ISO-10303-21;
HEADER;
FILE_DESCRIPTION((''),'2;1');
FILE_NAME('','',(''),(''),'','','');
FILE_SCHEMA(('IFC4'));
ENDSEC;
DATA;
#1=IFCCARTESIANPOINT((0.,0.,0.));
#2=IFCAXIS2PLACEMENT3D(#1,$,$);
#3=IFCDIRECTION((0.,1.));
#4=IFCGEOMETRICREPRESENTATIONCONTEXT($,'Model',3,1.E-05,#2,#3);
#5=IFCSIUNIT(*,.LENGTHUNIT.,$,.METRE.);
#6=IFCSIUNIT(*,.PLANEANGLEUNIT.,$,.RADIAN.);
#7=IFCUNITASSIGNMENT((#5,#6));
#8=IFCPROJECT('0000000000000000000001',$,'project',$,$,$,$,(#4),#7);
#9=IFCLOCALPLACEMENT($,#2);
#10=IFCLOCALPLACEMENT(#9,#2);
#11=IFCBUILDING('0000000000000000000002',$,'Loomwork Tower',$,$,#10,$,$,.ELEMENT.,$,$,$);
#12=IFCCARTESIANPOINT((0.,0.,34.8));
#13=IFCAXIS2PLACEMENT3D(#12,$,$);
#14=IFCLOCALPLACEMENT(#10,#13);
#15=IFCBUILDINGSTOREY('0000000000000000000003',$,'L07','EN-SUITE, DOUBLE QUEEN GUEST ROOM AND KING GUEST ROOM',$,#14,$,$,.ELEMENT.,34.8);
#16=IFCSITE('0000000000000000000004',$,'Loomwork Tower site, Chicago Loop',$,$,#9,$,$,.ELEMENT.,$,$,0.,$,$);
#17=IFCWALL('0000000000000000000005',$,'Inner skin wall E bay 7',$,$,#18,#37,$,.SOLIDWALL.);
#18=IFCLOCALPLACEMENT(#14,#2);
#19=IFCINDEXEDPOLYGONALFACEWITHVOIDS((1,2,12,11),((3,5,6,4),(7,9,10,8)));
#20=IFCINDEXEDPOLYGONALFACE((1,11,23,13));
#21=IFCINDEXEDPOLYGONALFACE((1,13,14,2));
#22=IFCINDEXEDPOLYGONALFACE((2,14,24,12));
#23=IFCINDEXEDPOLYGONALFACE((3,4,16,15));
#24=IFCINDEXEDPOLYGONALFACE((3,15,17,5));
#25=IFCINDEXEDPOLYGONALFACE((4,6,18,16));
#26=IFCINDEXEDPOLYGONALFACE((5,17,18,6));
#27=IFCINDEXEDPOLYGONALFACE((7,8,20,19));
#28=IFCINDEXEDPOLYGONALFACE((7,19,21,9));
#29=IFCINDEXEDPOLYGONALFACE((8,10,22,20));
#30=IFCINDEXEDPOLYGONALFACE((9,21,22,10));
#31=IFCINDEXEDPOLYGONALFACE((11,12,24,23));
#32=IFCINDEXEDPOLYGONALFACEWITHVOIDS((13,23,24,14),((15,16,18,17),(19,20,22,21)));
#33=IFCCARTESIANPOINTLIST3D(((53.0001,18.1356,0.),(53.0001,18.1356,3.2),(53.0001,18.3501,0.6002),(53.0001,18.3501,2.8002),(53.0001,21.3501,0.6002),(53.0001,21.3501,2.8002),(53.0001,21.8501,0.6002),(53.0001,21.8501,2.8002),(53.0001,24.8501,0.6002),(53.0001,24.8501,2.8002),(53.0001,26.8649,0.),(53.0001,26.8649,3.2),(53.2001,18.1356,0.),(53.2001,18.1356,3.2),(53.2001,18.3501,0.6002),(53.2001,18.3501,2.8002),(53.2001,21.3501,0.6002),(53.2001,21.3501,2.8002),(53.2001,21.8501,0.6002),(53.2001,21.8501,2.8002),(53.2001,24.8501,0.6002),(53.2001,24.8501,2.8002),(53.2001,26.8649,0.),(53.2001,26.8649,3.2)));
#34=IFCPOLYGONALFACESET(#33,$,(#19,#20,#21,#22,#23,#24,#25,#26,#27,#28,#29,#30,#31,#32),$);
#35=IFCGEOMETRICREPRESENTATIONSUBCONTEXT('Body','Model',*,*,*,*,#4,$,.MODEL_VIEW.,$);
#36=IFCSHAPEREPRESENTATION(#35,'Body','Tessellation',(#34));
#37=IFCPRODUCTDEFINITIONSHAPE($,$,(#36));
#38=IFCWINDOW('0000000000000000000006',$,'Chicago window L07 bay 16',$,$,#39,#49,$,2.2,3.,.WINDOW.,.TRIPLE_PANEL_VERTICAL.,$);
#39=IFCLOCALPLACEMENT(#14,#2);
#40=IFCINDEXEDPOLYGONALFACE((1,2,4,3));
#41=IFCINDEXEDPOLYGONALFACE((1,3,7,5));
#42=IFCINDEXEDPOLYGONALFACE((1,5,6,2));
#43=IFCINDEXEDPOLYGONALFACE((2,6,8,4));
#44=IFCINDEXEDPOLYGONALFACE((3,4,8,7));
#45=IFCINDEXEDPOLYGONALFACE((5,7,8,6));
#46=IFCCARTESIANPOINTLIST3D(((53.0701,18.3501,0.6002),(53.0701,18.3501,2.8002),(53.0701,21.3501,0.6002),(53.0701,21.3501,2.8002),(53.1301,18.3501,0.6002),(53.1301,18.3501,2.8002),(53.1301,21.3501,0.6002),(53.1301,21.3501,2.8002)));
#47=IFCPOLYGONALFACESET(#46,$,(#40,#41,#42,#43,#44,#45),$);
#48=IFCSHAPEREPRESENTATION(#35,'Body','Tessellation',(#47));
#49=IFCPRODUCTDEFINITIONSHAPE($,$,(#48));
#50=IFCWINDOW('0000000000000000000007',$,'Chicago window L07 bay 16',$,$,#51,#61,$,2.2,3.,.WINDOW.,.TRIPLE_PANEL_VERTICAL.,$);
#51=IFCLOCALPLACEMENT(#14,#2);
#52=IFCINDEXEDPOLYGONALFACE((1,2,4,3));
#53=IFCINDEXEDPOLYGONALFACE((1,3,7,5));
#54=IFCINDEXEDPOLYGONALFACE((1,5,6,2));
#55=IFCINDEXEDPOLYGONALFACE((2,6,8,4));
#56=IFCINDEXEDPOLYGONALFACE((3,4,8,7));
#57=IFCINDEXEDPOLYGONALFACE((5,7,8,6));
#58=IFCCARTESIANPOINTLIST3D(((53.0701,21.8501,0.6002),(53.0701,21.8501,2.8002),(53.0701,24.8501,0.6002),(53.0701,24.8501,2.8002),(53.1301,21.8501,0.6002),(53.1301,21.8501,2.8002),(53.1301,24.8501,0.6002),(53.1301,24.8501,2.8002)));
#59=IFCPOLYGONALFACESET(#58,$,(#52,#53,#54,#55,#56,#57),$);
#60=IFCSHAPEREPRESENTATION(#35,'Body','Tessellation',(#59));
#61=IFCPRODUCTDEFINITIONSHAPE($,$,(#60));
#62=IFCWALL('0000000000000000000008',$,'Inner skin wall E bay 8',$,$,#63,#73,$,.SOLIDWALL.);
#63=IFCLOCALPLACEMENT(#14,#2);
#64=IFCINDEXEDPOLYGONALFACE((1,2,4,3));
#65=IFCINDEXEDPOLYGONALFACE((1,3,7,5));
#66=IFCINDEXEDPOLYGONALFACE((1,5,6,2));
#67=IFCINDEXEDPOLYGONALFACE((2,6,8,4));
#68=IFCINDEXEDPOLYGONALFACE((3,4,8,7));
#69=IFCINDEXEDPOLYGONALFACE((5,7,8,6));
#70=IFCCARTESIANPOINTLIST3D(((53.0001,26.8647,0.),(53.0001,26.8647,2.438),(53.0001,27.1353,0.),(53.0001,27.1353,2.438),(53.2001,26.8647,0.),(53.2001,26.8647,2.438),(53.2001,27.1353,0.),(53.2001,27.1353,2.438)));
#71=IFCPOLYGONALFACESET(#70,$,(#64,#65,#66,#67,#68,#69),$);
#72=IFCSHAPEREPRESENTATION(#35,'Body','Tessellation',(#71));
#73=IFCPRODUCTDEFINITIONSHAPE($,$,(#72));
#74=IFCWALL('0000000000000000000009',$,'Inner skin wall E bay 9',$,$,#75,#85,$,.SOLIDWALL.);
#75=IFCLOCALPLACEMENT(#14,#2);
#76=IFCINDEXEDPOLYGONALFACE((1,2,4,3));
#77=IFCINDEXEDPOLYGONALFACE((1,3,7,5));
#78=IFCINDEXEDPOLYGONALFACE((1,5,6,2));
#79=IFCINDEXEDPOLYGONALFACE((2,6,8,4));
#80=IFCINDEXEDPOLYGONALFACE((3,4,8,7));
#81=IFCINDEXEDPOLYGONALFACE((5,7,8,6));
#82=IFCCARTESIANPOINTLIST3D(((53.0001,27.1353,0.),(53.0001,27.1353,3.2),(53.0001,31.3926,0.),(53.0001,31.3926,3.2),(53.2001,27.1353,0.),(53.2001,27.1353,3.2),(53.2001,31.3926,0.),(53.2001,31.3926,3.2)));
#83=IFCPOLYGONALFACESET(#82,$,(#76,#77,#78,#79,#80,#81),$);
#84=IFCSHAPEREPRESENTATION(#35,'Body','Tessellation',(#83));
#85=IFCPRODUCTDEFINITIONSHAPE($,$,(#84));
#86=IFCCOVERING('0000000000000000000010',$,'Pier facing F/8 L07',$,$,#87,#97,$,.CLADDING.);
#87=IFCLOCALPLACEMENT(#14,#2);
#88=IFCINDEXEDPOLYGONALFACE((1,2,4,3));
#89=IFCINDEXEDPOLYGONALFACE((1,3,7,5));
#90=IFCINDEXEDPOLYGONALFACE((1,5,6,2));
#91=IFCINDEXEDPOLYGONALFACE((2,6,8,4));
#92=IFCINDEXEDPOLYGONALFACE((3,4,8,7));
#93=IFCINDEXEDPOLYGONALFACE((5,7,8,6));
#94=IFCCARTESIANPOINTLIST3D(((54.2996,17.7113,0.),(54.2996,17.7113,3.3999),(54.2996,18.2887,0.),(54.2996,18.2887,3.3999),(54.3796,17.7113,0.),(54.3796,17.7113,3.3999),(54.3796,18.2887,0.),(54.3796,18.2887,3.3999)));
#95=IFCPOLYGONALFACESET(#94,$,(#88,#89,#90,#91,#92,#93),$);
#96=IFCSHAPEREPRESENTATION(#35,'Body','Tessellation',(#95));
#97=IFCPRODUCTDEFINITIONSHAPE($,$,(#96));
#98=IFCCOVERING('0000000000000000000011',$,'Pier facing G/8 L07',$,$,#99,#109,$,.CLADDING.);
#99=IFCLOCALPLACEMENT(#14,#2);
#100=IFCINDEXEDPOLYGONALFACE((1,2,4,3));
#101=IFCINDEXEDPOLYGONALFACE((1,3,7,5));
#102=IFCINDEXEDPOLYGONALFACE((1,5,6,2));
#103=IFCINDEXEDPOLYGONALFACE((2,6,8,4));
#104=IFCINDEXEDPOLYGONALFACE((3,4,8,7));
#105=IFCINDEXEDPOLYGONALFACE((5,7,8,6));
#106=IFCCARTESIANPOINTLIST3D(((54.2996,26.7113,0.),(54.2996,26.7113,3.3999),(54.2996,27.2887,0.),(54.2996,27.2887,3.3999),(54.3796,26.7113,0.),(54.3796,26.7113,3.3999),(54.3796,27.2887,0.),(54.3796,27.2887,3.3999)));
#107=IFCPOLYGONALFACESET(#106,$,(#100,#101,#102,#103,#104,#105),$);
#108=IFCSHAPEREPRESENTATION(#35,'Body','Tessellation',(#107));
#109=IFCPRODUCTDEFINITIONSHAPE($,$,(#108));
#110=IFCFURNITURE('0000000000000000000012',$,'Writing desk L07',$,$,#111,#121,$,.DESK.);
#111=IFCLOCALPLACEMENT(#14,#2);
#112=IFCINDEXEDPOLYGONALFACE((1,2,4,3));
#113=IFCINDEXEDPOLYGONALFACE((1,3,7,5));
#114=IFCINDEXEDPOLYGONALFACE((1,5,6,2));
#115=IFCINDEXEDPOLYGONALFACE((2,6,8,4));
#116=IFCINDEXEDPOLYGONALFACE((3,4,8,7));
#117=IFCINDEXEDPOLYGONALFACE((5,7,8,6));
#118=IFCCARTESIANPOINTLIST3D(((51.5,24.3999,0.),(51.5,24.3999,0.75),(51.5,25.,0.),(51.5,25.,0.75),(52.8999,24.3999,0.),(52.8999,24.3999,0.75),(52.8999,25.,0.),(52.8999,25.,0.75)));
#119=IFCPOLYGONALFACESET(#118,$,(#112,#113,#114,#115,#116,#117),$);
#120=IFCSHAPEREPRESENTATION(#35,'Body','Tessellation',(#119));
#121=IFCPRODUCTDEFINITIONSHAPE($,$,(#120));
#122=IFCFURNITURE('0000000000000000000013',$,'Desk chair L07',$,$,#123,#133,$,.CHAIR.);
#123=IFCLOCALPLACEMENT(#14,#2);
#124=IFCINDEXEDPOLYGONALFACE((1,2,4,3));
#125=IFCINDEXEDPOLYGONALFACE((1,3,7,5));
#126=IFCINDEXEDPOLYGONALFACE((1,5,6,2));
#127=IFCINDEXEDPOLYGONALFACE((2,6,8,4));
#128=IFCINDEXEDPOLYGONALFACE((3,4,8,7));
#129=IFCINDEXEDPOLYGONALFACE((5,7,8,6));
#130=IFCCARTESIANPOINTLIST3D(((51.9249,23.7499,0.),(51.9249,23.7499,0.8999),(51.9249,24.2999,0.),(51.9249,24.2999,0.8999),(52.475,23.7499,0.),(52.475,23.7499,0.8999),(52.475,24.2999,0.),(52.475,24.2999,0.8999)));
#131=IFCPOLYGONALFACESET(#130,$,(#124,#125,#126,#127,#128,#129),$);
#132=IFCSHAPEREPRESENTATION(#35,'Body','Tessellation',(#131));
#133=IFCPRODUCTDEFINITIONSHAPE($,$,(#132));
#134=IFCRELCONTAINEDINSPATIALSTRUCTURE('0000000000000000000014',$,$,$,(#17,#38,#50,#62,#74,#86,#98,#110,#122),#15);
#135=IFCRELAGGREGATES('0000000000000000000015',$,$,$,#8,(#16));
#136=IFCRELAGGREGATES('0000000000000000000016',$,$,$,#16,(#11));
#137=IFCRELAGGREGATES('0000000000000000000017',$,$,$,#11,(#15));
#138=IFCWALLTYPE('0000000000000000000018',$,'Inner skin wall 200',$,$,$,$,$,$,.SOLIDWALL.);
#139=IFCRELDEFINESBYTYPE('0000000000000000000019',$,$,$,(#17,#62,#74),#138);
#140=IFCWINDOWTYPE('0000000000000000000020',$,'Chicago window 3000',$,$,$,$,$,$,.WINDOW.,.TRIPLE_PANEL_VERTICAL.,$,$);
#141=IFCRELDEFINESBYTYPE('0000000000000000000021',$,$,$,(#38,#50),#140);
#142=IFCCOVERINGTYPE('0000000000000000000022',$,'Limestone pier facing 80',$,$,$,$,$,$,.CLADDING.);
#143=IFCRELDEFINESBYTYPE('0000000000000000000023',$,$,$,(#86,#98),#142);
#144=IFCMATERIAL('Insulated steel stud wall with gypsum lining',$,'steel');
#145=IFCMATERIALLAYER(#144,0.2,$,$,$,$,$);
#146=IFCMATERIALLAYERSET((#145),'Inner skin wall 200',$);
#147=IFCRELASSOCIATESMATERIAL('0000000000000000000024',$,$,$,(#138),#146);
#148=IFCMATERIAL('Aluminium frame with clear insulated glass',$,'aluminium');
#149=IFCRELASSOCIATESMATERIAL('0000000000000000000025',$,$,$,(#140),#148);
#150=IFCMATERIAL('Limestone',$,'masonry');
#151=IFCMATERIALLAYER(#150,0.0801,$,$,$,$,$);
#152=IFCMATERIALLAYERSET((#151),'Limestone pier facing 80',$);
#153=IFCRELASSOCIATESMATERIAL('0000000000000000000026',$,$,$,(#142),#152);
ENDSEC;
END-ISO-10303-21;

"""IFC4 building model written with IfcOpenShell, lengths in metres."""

from ifc_helpers import new_model, si_unit, direction, frame, frame_2d, origin, origin_2d, place, context, subcontext, project, spatial, rectangle, extrude, material, layer, layer_set, type_object, element, fill, save


model = new_model("IFC4")

# Units and contexts
model_context = context("Model", 3, precision=1e-05, world=origin(), true_north=direction((0.0, 1.0)))
body_context = subcontext(model_context, "Body", "Model", "MODEL_VIEW")
ifc_project = project(units=[si_unit("LENGTHUNIT", "METRE"), si_unit("PLANEANGLEUNIT", "RADIAN")], contexts=[model_context])

# Site, building, storey
site_placement = place(None, origin())
site = spatial("IfcSite", under=ifc_project, at=site_placement, Name="Loomwork Tower site, Chicago Loop", CompositionType="ELEMENT", RefElevation=0.0)
building_placement = place(site_placement, origin())
building = spatial("IfcBuilding", under=site, at=building_placement, Name="Loomwork Tower", CompositionType="ELEMENT")
storey_placement = place(building_placement, frame((0.0, 0.0, 34.8)))
storey = spatial("IfcBuildingStorey", under=building, at=storey_placement, Name="L07", Description="EN-SUITE, DOUBLE QUEEN GUEST ROOM AND KING GUEST ROOM", CompositionType="ELEMENT", Elevation=34.8)

# Wall, openings, windows
ifc_material_1 = material(Name="Insulated steel stud wall with gypsum lining", Category="steel")
ifc_layer_1 = layer(ifc_material_1, 0.2)
ifc_layer_set_1 = layer_set([ifc_layer_1], Name="Inner skin wall 200")
wall_type = type_object("IfcWallType", Name="Inner skin wall 200", PredefinedType="SOLIDWALL", material=ifc_layer_set_1)
wall_1_placement = place(storey_placement, frame((53.1001, 18.1355, 0.0), z_axis=(0.0, 0.0, 1.0), x_axis=(0.0, 1.0, 0.0)))
wall_1 = element("IfcWall", 1, at=wall_1_placement, inside=storey, type_object=wall_type, Name="Inner skin wall E bay 7", PredefinedType="SOLIDWALL", context=body_context, shape_type="SweptSolid", body=[
    extrude(rectangle(XDim=8.7292, YDim=0.2, at=frame_2d((4.3647, 0.0))), origin(), (0.0, 0.0, 1.0), 3.2),
])
opening_1_placement = place(wall_1_placement, frame((0.2146, 0.0, 0.6001)))
opening_1 = element("IfcOpeningElement", 2, at=opening_1_placement, cuts=wall_1, PredefinedType="OPENING", context=body_context, shape_type="SweptSolid", body=[
    extrude(rectangle(XDim=3.0, YDim=2.2, at=frame_2d((1.5, 1.1001))), frame((0.0, 0.1099, 0.0), z_axis=(0.0, -1.0, 0.0), x_axis=(1.0, 0.0, 0.0)), (0.0, 0.0, 1.0), 0.22),
])
opening_2_placement = place(wall_1_placement, frame((3.7146, 0.0, 0.6001)))
opening_2 = element("IfcOpeningElement", 3, at=opening_2_placement, cuts=wall_1, PredefinedType="OPENING", context=body_context, shape_type="SweptSolid", body=[
    extrude(rectangle(XDim=3.0, YDim=2.2, at=frame_2d((1.5, 1.1001))), frame((0.0, 0.1099, 0.0), z_axis=(0.0, -1.0, 0.0), x_axis=(1.0, 0.0, 0.0)), (0.0, 0.0, 1.0), 0.22),
])
ifc_material_2 = material(Name="Aluminium frame with clear insulated glass", Category="aluminium")
window_type = type_object("IfcWindowType", Name="Chicago window 3000", PartitioningType="TRIPLE_PANEL_VERTICAL", PredefinedType="WINDOW", material=ifc_material_2)
window_1_placement = place(opening_1_placement, origin())
window_1 = element("IfcWindow", 4, at=window_1_placement, inside=storey, type_object=window_type, Name="Chicago window L07 bay 16", OverallHeight=2.2, OverallWidth=3.0, PartitioningType="TRIPLE_PANEL_VERTICAL", PredefinedType="WINDOW", context=body_context, shape_type="SweptSolid", body=[
    extrude(rectangle(XDim=3.0, YDim=2.2, at=frame_2d((1.5, 1.1001))), frame((0.0, 0.03, 0.0), z_axis=(0.0, -1.0, 0.0), x_axis=(1.0, 0.0, 0.0)), (0.0, 0.0, 1.0), 0.0601),
])
fill(opening_1, window_1)
window_2_placement = place(opening_2_placement, origin())
window_2 = element("IfcWindow", 5, at=window_2_placement, inside=storey, type_object=window_type, Name="Chicago window L07 bay 16", OverallHeight=2.2, OverallWidth=3.0, PartitioningType="TRIPLE_PANEL_VERTICAL", PredefinedType="WINDOW", context=body_context, shape_type="SweptSolid", body=[
    extrude(rectangle(XDim=3.0, YDim=2.2, at=frame_2d((1.5, 1.1001))), frame((0.0, 0.03, 0.0), z_axis=(0.0, -1.0, 0.0), x_axis=(1.0, 0.0, 0.0)), (0.0, 0.0, 1.0), 0.0601),
])
fill(opening_2, window_2)

# Walls
wall_2_placement = place(storey_placement, frame((53.1001, 26.8647, 0.0), z_axis=(0.0, 0.0, 1.0), x_axis=(0.0, 1.0, 0.0)))
element("IfcWall", 6, at=wall_2_placement, inside=storey, type_object=wall_type, Name="Inner skin wall E bay 8", PredefinedType="SOLIDWALL", context=body_context, shape_type="SweptSolid", body=[
    extrude(rectangle(XDim=0.2705, YDim=0.2, at=frame_2d((0.1353, 0.0))), origin(), (0.0, 0.0, 1.0), 2.438),
])
wall_3_placement = place(storey_placement, frame((53.1001, 27.1353, 0.0), z_axis=(0.0, 0.0, 1.0), x_axis=(0.0, 1.0, 0.0)))
element("IfcWall", 7, at=wall_3_placement, inside=storey, type_object=wall_type, Name="Inner skin wall E bay 9", PredefinedType="SOLIDWALL", context=body_context, shape_type="SweptSolid", body=[
    extrude(rectangle(XDim=4.2573, YDim=0.2, at=frame_2d((2.1287, 0.0))), origin(), (0.0, 0.0, 1.0), 3.2),
])

# Coverings
ifc_material_3 = material(Name="Limestone", Category="masonry")
ifc_layer_2 = layer(ifc_material_3, 0.0801)
ifc_layer_set_2 = layer_set([ifc_layer_2], Name="Limestone pier facing 80")
covering_type = type_object("IfcCoveringType", Name="Limestone pier facing 80", PredefinedType="CLADDING", material=ifc_layer_set_2)
for number, where, z_axis, x_axis, name in (
    (8, (54.3396, 18.0, 0.0), (0.0, 0.0, 1.0), (1.0, 0.0, 0.0), "Pier facing F/8 L07"),
    (9, (54.3396, 27.0, 0.0), (0.0, 0.0, 1.0), (1.0, 0.0, 0.0), "Pier facing G/8 L07"),
):
    element("IfcCovering", number, at=place(storey_placement, frame(where, z_axis=z_axis, x_axis=x_axis)), inside=storey, type_object=covering_type, Name=name, PredefinedType="CLADDING", context=body_context, shape_type="SweptSolid", body=[
        extrude(rectangle(XDim=0.0801, YDim=0.5774, at=origin_2d()), origin(), (0.0, 0.0, 1.0), 3.3999),
    ])

# Furniture
furniture_1_placement = place(storey_placement, frame((52.2, 24.7, 0.0), z_axis=(0.0, 0.0, 1.0), x_axis=(1.0, 0.0, 0.0)))
element("IfcFurniture", 10, at=furniture_1_placement, inside=storey, Name="Writing desk L07", PredefinedType="DESK", context=body_context, shape_type="SweptSolid", body=[
    extrude(rectangle(XDim=1.3999, YDim=0.6001, at=origin_2d()), origin(), (0.0, 0.0, 1.0), 0.75),
])
furniture_2_placement = place(storey_placement, frame((52.2, 24.0249, 0.0), z_axis=(0.0, 0.0, 1.0), x_axis=(1.0, 0.0, 0.0)))
element("IfcFurniture", 11, at=furniture_2_placement, inside=storey, Name="Desk chair L07", PredefinedType="CHAIR", context=body_context, shape_type="SweptSolid", body=[
    extrude(rectangle(XDim=0.55, YDim=0.55, at=origin_2d()), origin(), (0.0, 0.0, 1.0), 0.8999),
])

save(model, "model.ifc")
